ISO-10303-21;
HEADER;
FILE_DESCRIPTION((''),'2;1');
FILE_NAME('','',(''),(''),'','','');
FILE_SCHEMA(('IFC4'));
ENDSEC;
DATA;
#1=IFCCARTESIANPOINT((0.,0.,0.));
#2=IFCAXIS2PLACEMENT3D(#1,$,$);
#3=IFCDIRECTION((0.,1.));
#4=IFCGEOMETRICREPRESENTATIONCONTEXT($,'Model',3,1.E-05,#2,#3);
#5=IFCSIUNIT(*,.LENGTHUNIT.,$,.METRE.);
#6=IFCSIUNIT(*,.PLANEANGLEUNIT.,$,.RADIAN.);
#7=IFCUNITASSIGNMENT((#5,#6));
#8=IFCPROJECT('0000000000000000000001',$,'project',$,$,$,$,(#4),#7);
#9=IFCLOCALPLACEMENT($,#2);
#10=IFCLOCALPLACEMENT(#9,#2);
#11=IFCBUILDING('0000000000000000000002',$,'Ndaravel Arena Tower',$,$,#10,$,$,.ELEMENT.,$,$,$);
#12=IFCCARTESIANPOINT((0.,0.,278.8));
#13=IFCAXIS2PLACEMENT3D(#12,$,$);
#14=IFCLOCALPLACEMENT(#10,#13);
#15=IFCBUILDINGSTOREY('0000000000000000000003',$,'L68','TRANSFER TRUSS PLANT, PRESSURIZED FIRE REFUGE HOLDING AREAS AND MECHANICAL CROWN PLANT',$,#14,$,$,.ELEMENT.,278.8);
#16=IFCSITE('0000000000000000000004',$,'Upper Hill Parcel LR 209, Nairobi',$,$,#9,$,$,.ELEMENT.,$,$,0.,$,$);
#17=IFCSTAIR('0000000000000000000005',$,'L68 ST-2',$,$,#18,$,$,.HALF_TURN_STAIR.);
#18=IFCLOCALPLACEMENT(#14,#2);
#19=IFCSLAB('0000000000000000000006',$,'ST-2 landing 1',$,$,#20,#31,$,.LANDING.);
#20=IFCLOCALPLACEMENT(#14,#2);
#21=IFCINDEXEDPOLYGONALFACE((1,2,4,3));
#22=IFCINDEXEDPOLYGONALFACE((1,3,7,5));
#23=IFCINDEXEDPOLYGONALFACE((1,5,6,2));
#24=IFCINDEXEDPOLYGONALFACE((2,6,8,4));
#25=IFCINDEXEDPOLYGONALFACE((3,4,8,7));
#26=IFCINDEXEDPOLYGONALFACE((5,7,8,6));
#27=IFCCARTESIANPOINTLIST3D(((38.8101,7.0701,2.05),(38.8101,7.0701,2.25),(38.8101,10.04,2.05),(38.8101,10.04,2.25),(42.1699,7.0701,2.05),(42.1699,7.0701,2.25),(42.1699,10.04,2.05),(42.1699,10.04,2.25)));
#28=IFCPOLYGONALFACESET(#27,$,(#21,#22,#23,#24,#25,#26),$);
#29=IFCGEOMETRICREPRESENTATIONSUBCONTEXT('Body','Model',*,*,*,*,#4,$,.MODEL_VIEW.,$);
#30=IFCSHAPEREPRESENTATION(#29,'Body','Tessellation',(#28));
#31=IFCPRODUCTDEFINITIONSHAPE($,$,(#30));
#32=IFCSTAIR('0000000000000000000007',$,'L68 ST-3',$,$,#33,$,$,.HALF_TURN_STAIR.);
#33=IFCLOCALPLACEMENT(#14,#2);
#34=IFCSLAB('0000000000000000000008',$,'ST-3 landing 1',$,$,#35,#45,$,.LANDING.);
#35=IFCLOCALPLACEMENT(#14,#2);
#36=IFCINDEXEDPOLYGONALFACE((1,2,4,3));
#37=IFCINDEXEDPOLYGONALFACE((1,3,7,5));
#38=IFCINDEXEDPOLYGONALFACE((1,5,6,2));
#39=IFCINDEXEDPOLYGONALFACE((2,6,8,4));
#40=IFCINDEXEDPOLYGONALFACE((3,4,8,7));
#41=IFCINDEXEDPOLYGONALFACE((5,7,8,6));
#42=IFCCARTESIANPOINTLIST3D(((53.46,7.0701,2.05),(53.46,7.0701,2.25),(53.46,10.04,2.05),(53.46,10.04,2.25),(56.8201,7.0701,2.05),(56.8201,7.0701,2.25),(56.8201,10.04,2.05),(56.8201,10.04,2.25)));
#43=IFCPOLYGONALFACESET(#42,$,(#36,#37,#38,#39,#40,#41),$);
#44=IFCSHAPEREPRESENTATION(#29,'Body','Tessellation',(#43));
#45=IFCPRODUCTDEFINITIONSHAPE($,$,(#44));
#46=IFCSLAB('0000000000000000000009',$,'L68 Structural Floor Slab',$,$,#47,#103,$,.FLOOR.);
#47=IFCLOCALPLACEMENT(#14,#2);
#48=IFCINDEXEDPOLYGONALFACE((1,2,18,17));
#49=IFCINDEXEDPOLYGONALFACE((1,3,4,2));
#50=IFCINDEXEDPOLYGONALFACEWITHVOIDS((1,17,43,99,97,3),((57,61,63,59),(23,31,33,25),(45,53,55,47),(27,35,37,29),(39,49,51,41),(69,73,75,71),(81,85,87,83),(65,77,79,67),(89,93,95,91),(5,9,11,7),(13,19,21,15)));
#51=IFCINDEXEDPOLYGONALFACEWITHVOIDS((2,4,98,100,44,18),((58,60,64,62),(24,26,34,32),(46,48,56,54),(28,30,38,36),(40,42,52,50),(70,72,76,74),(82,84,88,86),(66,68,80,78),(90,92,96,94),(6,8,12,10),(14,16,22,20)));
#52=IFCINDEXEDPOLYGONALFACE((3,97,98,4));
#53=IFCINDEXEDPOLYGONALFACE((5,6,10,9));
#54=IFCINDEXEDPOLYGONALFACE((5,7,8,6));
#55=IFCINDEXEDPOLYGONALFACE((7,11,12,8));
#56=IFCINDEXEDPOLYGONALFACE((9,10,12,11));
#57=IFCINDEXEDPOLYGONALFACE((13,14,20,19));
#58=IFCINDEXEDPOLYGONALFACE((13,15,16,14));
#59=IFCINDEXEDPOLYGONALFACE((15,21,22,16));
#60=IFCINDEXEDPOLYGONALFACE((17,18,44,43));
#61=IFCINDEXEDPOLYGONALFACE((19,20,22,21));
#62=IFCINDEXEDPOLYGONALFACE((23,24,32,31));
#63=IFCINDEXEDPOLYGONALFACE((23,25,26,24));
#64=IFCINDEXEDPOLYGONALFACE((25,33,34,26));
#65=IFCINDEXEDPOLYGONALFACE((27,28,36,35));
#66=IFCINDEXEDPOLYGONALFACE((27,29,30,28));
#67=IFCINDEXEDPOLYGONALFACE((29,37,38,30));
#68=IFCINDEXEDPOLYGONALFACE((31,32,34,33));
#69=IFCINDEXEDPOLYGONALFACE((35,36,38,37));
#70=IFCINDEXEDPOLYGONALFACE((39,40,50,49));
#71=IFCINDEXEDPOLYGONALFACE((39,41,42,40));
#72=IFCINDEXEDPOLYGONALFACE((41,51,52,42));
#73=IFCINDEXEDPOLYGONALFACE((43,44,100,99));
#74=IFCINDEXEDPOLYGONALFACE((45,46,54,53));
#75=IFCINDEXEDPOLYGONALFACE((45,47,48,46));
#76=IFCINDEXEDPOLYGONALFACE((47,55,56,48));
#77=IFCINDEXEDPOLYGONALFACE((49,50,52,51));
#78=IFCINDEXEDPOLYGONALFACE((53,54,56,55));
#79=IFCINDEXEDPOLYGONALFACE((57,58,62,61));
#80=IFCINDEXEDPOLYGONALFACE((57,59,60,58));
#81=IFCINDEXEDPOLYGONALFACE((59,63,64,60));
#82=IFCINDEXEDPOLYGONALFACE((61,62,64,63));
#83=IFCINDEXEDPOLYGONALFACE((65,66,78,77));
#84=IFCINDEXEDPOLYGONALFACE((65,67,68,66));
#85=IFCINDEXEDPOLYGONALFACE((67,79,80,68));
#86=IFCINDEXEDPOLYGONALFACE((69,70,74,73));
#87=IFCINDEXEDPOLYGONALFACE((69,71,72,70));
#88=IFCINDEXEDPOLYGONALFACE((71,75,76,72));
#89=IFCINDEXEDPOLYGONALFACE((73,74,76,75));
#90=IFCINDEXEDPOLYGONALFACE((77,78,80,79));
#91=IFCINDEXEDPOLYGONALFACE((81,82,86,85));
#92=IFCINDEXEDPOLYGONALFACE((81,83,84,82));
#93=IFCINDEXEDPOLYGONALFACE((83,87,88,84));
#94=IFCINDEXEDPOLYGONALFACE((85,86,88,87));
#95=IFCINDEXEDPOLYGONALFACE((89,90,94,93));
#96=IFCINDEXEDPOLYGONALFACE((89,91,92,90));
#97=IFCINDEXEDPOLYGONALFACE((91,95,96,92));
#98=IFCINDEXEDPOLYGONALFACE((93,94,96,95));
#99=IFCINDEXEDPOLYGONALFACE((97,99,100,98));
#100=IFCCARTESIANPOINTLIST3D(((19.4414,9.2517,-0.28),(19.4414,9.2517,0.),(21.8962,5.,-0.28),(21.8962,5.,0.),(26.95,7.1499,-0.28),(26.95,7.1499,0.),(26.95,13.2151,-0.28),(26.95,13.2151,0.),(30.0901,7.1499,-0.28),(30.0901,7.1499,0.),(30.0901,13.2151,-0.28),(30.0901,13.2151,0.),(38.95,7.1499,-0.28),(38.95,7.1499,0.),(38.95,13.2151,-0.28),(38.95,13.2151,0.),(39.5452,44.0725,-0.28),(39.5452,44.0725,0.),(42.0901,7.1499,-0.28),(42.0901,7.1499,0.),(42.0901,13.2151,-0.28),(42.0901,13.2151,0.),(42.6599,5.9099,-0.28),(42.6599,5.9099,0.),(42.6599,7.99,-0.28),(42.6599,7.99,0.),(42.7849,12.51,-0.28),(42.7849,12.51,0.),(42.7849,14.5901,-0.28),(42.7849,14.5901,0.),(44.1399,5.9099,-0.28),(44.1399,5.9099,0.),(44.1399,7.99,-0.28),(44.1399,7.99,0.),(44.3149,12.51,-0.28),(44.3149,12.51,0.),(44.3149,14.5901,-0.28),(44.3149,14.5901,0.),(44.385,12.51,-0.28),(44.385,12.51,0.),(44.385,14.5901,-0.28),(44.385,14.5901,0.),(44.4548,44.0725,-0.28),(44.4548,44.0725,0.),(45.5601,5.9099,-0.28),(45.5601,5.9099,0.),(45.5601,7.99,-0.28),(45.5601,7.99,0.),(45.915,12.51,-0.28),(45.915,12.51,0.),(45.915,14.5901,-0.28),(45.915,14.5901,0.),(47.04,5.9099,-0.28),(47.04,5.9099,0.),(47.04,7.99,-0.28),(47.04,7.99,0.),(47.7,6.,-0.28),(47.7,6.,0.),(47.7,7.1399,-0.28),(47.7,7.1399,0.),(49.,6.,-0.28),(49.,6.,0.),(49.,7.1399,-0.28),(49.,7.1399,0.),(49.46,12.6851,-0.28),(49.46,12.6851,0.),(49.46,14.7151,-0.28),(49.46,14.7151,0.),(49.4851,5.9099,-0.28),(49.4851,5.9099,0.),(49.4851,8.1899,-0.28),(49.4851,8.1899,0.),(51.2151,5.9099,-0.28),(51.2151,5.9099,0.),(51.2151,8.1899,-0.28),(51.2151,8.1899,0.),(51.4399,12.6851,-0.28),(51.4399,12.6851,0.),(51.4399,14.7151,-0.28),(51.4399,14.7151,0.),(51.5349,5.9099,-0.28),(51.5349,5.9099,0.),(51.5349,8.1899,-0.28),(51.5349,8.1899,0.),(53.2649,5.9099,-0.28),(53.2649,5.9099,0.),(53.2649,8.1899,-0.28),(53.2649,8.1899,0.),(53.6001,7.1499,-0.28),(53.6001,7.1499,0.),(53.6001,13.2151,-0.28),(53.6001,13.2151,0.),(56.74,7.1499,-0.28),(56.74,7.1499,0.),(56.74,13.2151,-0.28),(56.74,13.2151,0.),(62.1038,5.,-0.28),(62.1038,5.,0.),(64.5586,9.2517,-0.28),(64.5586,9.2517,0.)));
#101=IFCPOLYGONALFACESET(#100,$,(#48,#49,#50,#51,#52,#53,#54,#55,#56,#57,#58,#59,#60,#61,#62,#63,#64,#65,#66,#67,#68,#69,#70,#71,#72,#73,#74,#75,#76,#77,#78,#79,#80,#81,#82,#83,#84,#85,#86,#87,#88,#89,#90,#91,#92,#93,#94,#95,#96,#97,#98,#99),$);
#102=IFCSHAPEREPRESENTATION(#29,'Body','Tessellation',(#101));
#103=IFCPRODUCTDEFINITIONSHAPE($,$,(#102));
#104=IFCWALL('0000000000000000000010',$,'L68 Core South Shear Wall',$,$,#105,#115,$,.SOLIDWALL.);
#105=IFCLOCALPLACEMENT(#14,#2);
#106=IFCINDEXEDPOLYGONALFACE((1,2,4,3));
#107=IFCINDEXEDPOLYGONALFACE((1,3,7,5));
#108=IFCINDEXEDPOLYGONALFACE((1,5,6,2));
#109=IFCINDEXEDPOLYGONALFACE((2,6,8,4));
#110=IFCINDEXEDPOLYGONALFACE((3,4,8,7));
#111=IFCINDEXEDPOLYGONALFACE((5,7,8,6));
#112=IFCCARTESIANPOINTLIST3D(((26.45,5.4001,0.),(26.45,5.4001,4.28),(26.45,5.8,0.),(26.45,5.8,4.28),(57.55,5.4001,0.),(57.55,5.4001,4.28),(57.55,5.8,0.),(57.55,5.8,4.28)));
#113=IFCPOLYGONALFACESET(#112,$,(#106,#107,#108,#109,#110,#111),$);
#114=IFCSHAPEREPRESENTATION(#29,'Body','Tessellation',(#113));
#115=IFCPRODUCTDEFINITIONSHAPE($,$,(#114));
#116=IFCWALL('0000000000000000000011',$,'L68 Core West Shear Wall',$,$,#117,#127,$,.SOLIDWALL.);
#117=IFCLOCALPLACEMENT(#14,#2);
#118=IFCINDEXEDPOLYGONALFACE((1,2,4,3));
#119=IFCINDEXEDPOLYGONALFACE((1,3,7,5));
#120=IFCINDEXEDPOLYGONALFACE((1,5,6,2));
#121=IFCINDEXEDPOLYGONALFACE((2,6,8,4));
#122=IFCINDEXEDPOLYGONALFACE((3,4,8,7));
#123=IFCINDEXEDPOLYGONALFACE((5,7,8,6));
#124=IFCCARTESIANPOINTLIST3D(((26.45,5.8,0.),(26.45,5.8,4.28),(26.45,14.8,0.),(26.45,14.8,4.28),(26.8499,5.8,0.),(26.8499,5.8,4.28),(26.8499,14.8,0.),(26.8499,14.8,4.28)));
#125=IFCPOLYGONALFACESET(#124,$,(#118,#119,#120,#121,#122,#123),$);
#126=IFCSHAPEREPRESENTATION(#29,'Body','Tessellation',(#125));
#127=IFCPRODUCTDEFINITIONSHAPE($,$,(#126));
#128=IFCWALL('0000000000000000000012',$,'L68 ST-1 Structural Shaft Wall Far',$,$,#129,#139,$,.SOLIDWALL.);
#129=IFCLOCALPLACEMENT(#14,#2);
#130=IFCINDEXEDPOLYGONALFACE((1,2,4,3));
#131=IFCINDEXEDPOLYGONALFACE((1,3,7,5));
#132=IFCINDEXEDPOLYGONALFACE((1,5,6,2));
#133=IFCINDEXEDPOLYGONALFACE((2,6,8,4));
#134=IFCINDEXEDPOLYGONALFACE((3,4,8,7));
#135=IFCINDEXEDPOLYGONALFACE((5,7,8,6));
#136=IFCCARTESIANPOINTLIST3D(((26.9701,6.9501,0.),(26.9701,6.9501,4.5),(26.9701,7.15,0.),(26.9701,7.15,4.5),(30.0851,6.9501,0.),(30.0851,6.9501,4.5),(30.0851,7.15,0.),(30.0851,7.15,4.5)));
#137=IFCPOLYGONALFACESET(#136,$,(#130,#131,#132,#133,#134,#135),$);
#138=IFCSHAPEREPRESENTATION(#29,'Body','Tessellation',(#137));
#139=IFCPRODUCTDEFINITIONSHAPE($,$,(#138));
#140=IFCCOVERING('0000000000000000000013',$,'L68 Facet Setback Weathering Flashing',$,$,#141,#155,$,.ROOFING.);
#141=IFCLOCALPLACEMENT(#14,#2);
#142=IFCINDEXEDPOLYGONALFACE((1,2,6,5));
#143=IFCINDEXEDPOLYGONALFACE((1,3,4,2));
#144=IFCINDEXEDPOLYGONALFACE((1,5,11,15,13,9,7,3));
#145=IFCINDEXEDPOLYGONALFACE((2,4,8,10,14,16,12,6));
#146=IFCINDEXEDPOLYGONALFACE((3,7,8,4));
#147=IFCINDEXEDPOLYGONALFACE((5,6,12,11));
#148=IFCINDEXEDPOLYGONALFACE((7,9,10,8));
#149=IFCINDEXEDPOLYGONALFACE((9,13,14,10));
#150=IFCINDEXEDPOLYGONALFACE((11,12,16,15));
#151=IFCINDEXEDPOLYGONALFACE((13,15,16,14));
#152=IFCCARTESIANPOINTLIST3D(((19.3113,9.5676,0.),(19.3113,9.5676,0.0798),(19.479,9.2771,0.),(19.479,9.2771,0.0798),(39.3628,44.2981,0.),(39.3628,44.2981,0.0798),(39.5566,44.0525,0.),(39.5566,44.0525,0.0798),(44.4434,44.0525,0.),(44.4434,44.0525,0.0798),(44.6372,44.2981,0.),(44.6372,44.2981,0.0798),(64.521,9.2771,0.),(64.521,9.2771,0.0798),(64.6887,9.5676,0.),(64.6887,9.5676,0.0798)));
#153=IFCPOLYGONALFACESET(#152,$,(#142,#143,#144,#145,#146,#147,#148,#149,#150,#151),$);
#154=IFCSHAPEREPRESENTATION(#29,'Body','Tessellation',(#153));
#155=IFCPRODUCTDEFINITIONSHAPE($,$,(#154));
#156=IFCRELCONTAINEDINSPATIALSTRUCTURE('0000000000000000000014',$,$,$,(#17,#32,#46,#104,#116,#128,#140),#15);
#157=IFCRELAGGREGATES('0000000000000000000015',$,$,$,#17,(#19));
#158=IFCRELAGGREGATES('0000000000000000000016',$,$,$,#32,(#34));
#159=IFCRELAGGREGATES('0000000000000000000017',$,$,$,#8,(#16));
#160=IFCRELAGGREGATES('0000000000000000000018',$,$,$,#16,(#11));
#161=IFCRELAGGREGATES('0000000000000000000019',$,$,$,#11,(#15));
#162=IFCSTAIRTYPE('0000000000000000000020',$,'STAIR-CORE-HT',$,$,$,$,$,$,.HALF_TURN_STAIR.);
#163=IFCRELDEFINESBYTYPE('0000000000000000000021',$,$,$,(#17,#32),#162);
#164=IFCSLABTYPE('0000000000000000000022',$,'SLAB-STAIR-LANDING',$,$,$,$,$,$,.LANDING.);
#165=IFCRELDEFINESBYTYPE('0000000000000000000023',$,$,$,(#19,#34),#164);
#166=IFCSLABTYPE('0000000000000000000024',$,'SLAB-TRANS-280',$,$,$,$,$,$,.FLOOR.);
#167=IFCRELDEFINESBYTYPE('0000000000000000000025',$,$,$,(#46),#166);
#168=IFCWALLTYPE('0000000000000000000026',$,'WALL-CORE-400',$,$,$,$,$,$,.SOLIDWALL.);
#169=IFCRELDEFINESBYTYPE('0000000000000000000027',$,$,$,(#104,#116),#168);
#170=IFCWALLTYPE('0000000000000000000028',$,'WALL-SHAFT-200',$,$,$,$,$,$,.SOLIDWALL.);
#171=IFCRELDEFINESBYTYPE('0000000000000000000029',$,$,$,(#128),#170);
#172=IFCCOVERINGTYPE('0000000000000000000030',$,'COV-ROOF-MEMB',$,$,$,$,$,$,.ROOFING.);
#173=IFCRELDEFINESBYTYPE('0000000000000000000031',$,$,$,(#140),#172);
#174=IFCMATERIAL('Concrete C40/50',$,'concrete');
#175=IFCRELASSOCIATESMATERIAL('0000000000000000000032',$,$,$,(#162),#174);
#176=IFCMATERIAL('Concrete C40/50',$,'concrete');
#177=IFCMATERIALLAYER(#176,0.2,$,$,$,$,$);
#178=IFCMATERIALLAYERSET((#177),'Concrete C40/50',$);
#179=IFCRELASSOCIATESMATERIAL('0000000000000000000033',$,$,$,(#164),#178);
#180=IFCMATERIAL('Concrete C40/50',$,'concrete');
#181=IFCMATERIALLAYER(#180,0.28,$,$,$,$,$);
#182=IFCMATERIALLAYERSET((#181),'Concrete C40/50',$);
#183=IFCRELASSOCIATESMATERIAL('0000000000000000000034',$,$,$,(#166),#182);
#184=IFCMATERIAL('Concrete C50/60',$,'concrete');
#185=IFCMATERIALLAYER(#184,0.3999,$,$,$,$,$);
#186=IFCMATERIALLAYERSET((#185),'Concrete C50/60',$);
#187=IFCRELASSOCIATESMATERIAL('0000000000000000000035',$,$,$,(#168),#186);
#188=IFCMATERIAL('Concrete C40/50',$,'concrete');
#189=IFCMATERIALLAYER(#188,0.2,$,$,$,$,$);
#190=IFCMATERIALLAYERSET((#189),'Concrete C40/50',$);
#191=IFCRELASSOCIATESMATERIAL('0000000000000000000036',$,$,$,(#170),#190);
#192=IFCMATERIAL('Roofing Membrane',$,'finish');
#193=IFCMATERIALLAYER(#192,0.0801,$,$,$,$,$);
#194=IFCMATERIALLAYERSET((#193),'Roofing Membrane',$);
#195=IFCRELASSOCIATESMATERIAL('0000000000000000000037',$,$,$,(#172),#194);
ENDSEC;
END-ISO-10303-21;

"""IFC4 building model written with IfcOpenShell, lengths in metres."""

from ifc_helpers import new_model, si_unit, direction, frame, frame_2d, origin, place, context, subcontext, project, spatial, polyline, rectangle, outline, extrude, material, layer, layer_set, type_object, element, aggregate, save


model = new_model("IFC4")

# Units and contexts
model_context = context("Model", 3, precision=1e-05, world=origin(), true_north=direction((0.0, 1.0)))
body_context = subcontext(model_context, "Body", "Model", "MODEL_VIEW")
ifc_project = project(units=[si_unit("LENGTHUNIT", "METRE"), si_unit("PLANEANGLEUNIT", "RADIAN")], contexts=[model_context])

# Site, building, storey
site_placement = place(None, origin())
site = spatial("IfcSite", under=ifc_project, at=site_placement, Name="Upper Hill Parcel LR 209, Nairobi", CompositionType="ELEMENT", RefElevation=0.0)
building_placement = place(site_placement, origin())
building = spatial("IfcBuilding", under=site, at=building_placement, Name="Ndaravel Arena Tower", CompositionType="ELEMENT")
storey_placement = place(building_placement, frame((0.0, 0.0, 278.8)))
storey = spatial("IfcBuildingStorey", under=building, at=storey_placement, Name="L68", Description="TRANSFER TRUSS PLANT, PRESSURIZED FIRE REFUGE HOLDING AREAS AND MECHANICAL CROWN PLANT", CompositionType="ELEMENT", Elevation=278.8)

# Stairs, slabs
ifc_material_1 = material(Name="Concrete C40/50", Category="concrete")
stair_type = type_object("IfcStairType", Name="STAIR-CORE-HT", PredefinedType="HALF_TURN_STAIR", material=ifc_material_1)
ifc_material_2 = material(Name="Concrete C40/50", Category="concrete")
ifc_layer_1 = layer(ifc_material_2, 0.2)
ifc_layer_set_1 = layer_set([ifc_layer_1], Name="Concrete C40/50")
slab_type_1 = type_object("IfcSlabType", Name="SLAB-STAIR-LANDING", PredefinedType="LANDING", material=ifc_layer_set_1)
stair_1_placement = place(storey_placement, origin())
stair_1 = element("IfcStair", 1, at=stair_1_placement, inside=storey, type_object=stair_type, Name="L68 ST-2", PredefinedType="HALF_TURN_STAIR")
slab_1_placement = place(storey_placement, frame((0.0, 0.0, 2.05)))
slab_1 = element("IfcSlab", 2, at=slab_1_placement, type_object=slab_type_1, Name="ST-2 landing 1", PredefinedType="LANDING", context=body_context, shape_type="SweptSolid", body=[
    extrude(outline(polyline([(38.8101, 10.04), (38.8101, 7.0701), (42.1699, 7.0701), (42.1699, 10.04), (38.8101, 10.04)])), origin(), (0.0, 0.0, 1.0), 0.2),
])
aggregate(stair_1, [slab_1])
stair_2_placement = place(storey_placement, origin())
stair_2 = element("IfcStair", 3, at=stair_2_placement, inside=storey, type_object=stair_type, Name="L68 ST-3", PredefinedType="HALF_TURN_STAIR")
slab_2_placement = place(storey_placement, frame((0.0, 0.0, 2.05)))
slab_2 = element("IfcSlab", 4, at=slab_2_placement, type_object=slab_type_1, Name="ST-3 landing 1", PredefinedType="LANDING", context=body_context, shape_type="SweptSolid", body=[
    extrude(outline(polyline([(53.46, 10.04), (53.46, 7.0701), (56.8201, 7.0701), (56.8201, 10.04), (53.46, 10.04)])), origin(), (0.0, 0.0, 1.0), 0.2),
])
aggregate(stair_2, [slab_2])

# Slab
ifc_material_3 = material(Name="Concrete C40/50", Category="concrete")
ifc_layer_2 = layer(ifc_material_3, 0.28)
ifc_layer_set_2 = layer_set([ifc_layer_2], Name="Concrete C40/50")
slab_type_2 = type_object("IfcSlabType", Name="SLAB-TRANS-280", PredefinedType="FLOOR", material=ifc_layer_set_2)
slab_3_placement = place(storey_placement, frame((0.0, 0.0, -0.28)))
element("IfcSlab", 5, at=slab_3_placement, inside=storey, type_object=slab_type_2, Name="L68 Structural Floor Slab", PredefinedType="FLOOR", context=body_context, shape_type="SweptSolid", body=[
    extrude(outline(polyline([(19.4414, 9.2517), (21.8962, 5.0), (62.1038, 5.0), (64.5586, 9.2517), (44.4548, 44.0725), (39.5452, 44.0725), (19.4414, 9.2517)]), holes=[polyline([(26.95, 13.2151), (26.95, 7.1499), (30.0901, 7.1499), (30.0901, 13.2151), (26.95, 13.2151)]), polyline([(38.95, 13.2151), (38.95, 7.1499), (42.0901, 7.1499), (42.0901, 13.2151), (38.95, 13.2151)]), polyline([(53.6001, 13.2151), (53.6001, 7.1499), (56.74, 7.1499), (56.74, 13.2151), (53.6001, 13.2151)]), polyline([(42.6599, 5.9099), (44.1399, 5.9099), (44.1399, 7.99), (42.6599, 7.99), (42.6599, 5.9099)]), polyline([(45.5601, 5.9099), (47.04, 5.9099), (47.04, 7.99), (45.5601, 7.99), (45.5601, 5.9099)]), polyline([(42.7849, 12.51), (44.3149, 12.51), (44.3149, 14.5901), (42.7849, 14.5901), (42.7849, 12.51)]), polyline([(44.385, 12.51), (45.915, 12.51), (45.915, 14.5901), (44.385, 14.5901), (44.385, 12.51)]), polyline([(49.4851, 5.9099), (51.2151, 5.9099), (51.2151, 8.1899), (49.4851, 8.1899), (49.4851, 5.9099)]), polyline([(51.5349, 5.9099), (53.2649, 5.9099), (53.2649, 8.1899), (51.5349, 8.1899), (51.5349, 5.9099)]), polyline([(49.46, 12.6851), (51.4399, 12.6851), (51.4399, 14.7151), (49.46, 14.7151), (49.46, 12.6851)]), polyline([(47.7, 6.0), (49.0, 6.0), (49.0, 7.1399), (47.7, 7.1399), (47.7, 6.0)])]), origin(), (0.0, 0.0, 1.0), 0.28),
])

# Walls
ifc_material_4 = material(Name="Concrete C50/60", Category="concrete")
ifc_layer_3 = layer(ifc_material_4, 0.3999)
ifc_layer_set_3 = layer_set([ifc_layer_3], Name="Concrete C50/60")
wall_type_1 = type_object("IfcWallType", Name="WALL-CORE-400", PredefinedType="SOLIDWALL", material=ifc_layer_set_3)
wall_1_placement = place(storey_placement, frame((26.45, 5.6001, 0.0), z_axis=(0.0, 0.0, 1.0), x_axis=(1.0, 0.0, 0.0)))
element("IfcWall", 6, at=wall_1_placement, inside=storey, type_object=wall_type_1, Name="L68 Core South Shear Wall", PredefinedType="SOLIDWALL", context=body_context, shape_type="SweptSolid", body=[
    extrude(rectangle(XDim=31.1001, YDim=0.3999, at=frame_2d((15.55, 0.0))), origin(), (0.0, 0.0, 1.0), 4.28),
])
wall_2_placement = place(storey_placement, frame((26.6499, 5.8, 0.0), z_axis=(0.0, 0.0, 1.0), x_axis=(0.0, 1.0, 0.0)))
element("IfcWall", 7, at=wall_2_placement, inside=storey, type_object=wall_type_1, Name="L68 Core West Shear Wall", PredefinedType="SOLIDWALL", context=body_context, shape_type="SweptSolid", body=[
    extrude(rectangle(XDim=9.0, YDim=0.3999, at=frame_2d((4.5, 0.0))), origin(), (0.0, 0.0, 1.0), 4.28),
])
ifc_material_5 = material(Name="Concrete C40/50", Category="concrete")
ifc_layer_4 = layer(ifc_material_5, 0.2)
ifc_layer_set_4 = layer_set([ifc_layer_4], Name="Concrete C40/50")
wall_type_2 = type_object("IfcWallType", Name="WALL-SHAFT-200", PredefinedType="SOLIDWALL", material=ifc_layer_set_4)
wall_3_placement = place(storey_placement, frame((26.97, 7.05, 0.0), z_axis=(0.0, 0.0, 1.0), x_axis=(1.0, 0.0, 0.0)))
element("IfcWall", 8, at=wall_3_placement, inside=storey, type_object=wall_type_2, Name="L68 ST-1 Structural Shaft Wall Far", PredefinedType="SOLIDWALL", context=body_context, shape_type="SweptSolid", body=[
    extrude(rectangle(XDim=3.115, YDim=0.2, at=frame_2d((1.5576, 0.0))), origin(), (0.0, 0.0, 1.0), 4.5),
])

# Covering
ifc_material_6 = material(Name="Roofing Membrane", Category="finish")
ifc_layer_5 = layer(ifc_material_6, 0.0801)
ifc_layer_set_5 = layer_set([ifc_layer_5], Name="Roofing Membrane")
covering_type = type_object("IfcCoveringType", Name="COV-ROOF-MEMB", PredefinedType="ROOFING", material=ifc_layer_set_5)
covering_placement = place(storey_placement, origin())
element("IfcCovering", 9, at=covering_placement, inside=storey, type_object=covering_type, Name="L68 Facet Setback Weathering Flashing", PredefinedType="ROOFING", context=body_context, shape_type="SweptSolid", body=[
    extrude(outline(polyline([(19.3113, 9.5676), (39.3628, 44.2981), (44.6372, 44.2981), (64.6887, 9.5676), (64.521, 9.2771), (44.4434, 44.0525), (39.5566, 44.0525), (19.479, 9.2771), (19.3113, 9.5676)])), origin(), (0.0, 0.0, 1.0), 0.0798),
])

save(model, "model.ifc")
